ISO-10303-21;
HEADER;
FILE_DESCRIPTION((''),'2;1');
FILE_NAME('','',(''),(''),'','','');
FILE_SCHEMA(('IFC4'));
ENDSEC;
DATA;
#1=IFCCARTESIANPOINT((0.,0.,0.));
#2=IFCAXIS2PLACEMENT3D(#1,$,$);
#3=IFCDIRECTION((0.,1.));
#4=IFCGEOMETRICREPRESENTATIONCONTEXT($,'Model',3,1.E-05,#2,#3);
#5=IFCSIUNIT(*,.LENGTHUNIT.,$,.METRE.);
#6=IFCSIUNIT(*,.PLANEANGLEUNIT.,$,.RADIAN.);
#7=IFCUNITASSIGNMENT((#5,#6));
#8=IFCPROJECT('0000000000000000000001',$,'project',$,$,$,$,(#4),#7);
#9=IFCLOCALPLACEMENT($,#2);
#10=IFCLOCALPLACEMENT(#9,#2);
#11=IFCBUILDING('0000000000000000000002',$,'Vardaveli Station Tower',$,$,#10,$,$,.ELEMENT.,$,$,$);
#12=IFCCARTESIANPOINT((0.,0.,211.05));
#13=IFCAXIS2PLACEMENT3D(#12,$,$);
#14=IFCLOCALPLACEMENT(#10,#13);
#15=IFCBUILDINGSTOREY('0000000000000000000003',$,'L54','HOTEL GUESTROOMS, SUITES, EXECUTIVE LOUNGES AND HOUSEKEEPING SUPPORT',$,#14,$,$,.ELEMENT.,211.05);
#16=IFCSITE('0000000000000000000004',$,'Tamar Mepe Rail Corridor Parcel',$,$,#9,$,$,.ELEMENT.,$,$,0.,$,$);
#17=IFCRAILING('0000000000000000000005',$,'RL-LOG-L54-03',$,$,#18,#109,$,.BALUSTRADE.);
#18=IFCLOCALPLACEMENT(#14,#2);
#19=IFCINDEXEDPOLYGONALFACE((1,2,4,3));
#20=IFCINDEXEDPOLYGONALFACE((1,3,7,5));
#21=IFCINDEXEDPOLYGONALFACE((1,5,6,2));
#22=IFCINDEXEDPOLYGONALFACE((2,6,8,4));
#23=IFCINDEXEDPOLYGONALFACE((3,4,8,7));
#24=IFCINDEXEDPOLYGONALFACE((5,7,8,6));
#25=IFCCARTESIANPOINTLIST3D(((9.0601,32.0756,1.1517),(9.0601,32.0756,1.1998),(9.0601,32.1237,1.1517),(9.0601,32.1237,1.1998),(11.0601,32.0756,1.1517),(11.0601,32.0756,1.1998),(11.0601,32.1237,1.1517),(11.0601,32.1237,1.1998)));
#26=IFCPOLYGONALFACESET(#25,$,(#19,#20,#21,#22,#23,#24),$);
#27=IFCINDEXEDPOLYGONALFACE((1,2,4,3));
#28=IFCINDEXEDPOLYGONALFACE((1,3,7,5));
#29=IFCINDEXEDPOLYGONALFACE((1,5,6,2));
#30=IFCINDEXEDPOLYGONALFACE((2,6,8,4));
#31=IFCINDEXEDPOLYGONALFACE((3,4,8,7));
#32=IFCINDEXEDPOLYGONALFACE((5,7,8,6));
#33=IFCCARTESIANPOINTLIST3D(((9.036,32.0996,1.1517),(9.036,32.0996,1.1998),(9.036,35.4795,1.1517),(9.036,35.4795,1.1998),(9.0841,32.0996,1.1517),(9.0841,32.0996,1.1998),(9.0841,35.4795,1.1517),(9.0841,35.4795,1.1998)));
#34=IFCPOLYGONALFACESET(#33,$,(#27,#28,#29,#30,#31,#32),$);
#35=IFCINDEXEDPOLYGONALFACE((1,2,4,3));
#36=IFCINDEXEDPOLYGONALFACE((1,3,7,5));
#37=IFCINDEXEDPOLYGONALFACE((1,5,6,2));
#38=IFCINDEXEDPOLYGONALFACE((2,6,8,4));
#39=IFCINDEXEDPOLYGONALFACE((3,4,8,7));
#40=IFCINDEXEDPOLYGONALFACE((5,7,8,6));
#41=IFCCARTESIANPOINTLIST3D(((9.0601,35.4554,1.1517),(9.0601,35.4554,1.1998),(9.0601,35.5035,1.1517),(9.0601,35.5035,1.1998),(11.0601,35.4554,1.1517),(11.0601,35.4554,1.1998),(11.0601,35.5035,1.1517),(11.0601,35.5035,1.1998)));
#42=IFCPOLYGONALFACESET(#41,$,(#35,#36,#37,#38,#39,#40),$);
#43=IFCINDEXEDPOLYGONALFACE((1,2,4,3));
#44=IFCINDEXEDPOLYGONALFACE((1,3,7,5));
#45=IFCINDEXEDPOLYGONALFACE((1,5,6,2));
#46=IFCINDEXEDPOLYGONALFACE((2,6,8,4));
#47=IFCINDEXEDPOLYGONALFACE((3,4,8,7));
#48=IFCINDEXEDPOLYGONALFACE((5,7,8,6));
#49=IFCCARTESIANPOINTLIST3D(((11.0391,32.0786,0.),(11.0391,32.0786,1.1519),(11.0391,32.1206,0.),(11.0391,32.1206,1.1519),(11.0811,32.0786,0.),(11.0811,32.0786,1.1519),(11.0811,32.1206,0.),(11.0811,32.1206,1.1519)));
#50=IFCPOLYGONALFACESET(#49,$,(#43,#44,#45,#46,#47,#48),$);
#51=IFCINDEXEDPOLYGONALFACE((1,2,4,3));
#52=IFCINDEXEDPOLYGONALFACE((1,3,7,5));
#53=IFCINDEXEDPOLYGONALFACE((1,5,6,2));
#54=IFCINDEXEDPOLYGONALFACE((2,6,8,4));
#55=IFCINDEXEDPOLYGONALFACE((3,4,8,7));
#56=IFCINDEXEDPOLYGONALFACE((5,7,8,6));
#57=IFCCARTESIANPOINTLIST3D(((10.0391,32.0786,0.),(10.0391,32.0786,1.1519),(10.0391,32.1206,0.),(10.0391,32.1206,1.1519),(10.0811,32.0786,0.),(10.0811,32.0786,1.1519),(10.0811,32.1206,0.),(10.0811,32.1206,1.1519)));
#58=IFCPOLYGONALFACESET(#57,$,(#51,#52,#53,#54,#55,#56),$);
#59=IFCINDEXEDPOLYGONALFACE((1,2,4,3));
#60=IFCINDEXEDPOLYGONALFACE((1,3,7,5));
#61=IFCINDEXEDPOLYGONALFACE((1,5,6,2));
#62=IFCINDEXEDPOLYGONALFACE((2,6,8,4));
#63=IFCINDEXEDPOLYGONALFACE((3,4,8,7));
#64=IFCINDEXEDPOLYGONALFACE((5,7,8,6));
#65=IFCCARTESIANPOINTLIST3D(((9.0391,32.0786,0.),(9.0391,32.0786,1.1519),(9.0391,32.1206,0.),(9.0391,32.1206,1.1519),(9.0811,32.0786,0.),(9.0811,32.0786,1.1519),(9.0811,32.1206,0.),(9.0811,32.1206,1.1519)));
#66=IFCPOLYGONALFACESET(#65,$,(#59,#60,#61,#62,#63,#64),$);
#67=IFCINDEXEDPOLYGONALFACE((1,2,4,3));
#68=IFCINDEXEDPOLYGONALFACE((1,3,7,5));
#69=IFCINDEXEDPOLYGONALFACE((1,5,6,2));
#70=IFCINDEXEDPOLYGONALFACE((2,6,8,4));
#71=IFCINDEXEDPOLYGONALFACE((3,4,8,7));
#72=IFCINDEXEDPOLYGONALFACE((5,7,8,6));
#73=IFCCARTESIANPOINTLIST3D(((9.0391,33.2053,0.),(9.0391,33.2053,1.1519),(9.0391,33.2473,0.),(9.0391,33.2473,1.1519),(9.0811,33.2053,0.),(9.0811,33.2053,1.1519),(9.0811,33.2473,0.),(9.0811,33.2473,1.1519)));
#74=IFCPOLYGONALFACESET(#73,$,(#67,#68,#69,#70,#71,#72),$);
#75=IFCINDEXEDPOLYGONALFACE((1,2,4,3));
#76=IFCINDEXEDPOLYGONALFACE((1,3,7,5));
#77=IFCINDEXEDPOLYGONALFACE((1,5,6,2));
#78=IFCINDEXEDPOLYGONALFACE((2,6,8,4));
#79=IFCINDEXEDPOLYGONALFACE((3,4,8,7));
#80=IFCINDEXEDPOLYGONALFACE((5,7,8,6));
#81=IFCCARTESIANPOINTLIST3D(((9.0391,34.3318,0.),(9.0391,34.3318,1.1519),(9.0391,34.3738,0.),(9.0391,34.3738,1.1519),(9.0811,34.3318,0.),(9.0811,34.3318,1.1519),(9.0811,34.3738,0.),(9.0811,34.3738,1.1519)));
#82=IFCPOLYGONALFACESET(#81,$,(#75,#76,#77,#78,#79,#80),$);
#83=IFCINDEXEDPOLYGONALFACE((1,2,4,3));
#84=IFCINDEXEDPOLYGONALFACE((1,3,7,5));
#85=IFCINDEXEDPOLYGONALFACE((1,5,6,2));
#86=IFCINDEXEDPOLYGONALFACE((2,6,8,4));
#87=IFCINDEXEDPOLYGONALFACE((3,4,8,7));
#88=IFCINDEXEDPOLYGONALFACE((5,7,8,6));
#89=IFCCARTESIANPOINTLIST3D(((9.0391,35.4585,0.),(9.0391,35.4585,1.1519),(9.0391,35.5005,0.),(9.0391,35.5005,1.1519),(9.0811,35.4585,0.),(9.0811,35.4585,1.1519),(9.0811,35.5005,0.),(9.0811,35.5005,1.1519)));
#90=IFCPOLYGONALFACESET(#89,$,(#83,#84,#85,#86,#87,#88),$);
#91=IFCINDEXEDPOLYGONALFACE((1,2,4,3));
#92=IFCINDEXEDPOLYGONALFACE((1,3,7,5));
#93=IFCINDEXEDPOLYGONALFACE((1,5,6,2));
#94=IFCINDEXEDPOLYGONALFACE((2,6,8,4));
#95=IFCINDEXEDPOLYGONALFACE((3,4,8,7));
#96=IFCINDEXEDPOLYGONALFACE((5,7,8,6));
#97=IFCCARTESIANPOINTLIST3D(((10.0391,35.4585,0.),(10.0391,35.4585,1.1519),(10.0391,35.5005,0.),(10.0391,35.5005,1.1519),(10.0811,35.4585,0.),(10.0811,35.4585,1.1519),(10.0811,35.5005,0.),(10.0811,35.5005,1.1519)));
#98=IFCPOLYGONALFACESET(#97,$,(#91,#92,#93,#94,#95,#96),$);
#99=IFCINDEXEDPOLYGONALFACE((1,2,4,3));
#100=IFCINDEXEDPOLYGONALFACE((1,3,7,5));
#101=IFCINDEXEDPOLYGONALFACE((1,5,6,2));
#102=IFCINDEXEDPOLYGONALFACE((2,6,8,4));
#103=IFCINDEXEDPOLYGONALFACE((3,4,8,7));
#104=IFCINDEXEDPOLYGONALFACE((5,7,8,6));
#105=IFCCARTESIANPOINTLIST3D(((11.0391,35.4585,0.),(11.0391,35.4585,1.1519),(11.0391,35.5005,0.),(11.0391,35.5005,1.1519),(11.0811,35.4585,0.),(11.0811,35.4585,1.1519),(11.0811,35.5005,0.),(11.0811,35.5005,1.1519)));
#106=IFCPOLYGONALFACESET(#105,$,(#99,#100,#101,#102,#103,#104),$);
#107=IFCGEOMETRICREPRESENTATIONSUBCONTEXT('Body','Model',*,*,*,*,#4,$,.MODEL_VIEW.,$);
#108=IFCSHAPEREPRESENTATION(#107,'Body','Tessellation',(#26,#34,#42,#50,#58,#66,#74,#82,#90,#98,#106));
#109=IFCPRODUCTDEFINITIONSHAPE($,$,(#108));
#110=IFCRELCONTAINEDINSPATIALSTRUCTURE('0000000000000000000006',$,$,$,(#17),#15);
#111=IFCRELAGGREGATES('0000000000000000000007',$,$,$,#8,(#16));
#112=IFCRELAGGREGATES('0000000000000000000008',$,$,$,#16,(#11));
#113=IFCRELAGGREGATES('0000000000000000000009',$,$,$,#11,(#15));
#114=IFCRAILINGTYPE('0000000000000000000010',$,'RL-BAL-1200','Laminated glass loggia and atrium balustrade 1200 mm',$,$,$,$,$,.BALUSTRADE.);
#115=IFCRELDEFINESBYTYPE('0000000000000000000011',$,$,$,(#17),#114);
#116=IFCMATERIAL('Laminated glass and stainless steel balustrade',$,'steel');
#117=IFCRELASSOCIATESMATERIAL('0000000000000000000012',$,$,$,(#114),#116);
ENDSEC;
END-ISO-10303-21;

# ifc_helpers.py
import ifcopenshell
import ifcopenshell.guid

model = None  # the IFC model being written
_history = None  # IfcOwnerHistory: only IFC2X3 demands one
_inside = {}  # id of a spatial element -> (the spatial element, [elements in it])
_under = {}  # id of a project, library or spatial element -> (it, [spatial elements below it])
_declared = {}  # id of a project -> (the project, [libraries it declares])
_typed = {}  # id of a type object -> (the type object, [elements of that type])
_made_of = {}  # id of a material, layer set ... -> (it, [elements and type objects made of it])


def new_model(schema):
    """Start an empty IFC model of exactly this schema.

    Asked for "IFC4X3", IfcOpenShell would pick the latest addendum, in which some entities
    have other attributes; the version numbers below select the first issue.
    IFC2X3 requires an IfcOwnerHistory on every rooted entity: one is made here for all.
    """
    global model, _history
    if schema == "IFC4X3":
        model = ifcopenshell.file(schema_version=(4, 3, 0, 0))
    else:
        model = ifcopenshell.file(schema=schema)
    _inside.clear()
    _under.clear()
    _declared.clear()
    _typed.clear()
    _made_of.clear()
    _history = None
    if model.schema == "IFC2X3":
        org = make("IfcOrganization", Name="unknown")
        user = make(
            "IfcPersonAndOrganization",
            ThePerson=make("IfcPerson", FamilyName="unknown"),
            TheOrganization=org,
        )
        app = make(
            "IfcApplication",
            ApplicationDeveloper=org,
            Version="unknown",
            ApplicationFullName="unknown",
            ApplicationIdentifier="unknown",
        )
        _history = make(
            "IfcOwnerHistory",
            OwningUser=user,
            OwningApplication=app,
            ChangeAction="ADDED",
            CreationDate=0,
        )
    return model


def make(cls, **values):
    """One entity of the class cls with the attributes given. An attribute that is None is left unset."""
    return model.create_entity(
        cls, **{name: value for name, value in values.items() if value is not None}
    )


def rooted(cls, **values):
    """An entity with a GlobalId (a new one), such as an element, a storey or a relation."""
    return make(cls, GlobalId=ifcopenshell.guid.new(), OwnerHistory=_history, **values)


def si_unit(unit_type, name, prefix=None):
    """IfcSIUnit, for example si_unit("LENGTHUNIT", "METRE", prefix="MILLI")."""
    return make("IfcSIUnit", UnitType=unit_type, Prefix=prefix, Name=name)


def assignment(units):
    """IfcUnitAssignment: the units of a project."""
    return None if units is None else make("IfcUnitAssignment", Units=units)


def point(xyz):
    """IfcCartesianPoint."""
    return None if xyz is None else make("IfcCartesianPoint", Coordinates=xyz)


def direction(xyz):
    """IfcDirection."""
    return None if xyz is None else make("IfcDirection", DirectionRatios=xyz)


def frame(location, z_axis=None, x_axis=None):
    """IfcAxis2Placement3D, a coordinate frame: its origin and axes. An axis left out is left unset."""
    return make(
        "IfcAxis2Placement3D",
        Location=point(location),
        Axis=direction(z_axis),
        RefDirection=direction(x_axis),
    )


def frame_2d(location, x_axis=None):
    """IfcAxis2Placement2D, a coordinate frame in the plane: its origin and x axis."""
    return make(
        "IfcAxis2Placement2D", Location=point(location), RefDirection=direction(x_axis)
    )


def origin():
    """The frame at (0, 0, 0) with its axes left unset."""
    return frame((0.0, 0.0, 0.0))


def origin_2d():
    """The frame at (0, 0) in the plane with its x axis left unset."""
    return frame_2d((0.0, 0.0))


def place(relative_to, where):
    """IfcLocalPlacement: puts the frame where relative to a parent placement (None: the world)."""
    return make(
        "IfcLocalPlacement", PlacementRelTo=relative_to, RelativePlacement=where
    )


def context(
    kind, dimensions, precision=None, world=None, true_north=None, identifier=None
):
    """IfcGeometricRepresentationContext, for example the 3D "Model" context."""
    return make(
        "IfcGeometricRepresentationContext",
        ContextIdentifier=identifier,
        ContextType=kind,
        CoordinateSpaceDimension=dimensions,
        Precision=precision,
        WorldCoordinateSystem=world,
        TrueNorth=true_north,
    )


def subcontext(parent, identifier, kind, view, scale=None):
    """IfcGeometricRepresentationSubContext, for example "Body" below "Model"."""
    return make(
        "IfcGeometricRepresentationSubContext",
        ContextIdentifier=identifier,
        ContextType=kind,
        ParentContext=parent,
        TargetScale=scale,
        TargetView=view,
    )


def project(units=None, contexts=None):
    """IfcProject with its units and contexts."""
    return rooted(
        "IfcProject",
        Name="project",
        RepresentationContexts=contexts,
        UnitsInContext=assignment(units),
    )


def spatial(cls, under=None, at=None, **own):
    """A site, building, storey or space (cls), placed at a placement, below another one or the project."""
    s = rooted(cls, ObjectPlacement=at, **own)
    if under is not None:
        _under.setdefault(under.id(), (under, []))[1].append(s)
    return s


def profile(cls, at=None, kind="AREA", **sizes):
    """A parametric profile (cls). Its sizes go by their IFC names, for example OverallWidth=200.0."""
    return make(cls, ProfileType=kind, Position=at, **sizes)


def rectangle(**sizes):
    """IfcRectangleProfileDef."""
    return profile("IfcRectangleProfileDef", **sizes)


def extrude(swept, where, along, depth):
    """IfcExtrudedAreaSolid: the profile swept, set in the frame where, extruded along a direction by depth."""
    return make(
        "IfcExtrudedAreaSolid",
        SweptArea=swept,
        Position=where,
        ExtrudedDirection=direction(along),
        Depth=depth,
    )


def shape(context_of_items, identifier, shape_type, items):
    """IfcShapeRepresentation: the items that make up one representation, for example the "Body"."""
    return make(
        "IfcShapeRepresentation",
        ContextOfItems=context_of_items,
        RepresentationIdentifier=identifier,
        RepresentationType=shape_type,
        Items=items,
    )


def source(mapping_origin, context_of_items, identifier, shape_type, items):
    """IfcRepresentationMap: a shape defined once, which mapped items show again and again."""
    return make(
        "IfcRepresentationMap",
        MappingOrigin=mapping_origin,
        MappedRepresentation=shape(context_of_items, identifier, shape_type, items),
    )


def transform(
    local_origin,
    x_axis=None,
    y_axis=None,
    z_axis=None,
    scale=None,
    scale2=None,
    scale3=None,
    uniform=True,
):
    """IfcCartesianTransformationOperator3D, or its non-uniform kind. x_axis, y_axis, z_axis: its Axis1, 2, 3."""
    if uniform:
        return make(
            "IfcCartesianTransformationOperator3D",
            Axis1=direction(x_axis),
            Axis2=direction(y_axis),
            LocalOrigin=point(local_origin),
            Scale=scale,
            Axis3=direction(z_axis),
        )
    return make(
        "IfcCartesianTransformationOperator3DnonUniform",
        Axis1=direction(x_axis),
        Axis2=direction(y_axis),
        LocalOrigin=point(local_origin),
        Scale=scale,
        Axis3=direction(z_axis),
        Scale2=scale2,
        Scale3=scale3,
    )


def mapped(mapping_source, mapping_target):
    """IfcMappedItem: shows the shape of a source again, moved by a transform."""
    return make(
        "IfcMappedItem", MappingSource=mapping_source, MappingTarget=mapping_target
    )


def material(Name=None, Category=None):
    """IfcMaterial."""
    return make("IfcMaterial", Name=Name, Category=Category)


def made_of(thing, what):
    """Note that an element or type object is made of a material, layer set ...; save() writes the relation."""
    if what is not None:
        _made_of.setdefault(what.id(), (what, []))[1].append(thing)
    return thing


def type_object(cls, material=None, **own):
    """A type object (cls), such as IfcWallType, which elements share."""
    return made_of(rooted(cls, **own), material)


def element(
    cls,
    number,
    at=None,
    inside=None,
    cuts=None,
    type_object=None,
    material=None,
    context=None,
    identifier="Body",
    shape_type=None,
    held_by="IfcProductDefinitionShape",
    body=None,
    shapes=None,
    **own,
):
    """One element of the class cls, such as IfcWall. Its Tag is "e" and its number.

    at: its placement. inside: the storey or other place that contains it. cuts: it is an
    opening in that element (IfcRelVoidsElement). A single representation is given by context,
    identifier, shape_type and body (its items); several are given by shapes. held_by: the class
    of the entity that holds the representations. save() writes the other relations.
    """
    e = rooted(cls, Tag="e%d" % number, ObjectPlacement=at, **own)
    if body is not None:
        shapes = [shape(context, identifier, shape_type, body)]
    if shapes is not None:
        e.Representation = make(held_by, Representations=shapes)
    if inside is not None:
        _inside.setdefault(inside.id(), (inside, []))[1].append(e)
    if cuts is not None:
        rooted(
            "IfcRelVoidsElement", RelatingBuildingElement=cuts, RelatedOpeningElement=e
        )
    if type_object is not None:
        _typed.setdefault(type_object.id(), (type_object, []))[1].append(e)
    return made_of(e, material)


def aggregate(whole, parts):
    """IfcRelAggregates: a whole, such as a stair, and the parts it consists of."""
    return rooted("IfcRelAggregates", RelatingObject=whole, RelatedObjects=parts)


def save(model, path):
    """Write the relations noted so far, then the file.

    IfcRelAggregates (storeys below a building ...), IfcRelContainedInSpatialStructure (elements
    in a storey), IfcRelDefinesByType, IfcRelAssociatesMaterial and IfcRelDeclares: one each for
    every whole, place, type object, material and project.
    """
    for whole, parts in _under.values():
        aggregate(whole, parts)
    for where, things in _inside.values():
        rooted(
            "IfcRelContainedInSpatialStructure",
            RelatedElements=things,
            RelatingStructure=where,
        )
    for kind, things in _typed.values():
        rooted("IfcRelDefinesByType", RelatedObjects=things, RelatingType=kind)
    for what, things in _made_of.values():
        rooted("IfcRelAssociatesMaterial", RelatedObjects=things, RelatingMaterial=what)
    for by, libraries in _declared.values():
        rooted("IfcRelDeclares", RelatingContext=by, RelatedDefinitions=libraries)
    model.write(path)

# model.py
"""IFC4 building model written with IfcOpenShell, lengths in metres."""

from ifc_helpers import new_model, si_unit, direction, frame, origin, origin_2d, place, context, subcontext, project, spatial, rectangle, extrude, source, transform, mapped, material, type_object, element, save


model = new_model("IFC4")

# Units and contexts
model_context = context("Model", 3, precision=1e-05, world=origin(), true_north=direction((0.0, 1.0)))
body_context = subcontext(model_context, "Body", "Model", "MODEL_VIEW")
ifc_project = project(units=[si_unit("LENGTHUNIT", "METRE"), si_unit("PLANEANGLEUNIT", "RADIAN")], contexts=[model_context])

# Site, building, storey
site_placement = place(None, origin())
site = spatial("IfcSite", under=ifc_project, at=site_placement, Name="Tamar Mepe Rail Corridor Parcel", CompositionType="ELEMENT", RefElevation=0.0)
building_placement = place(site_placement, origin())
building = spatial("IfcBuilding", under=site, at=building_placement, Name="Vardaveli Station Tower", CompositionType="ELEMENT")
storey_placement = place(building_placement, frame((0.0, 0.0, 211.05)))
storey = spatial("IfcBuildingStorey", under=building, at=storey_placement, Name="L54", Description="HOTEL GUESTROOMS, SUITES, EXECUTIVE LOUNGES AND HOUSEKEEPING SUPPORT", CompositionType="ELEMENT", Elevation=211.05)

# Railing
ifc_material_1 = material(Name="Laminated glass and stainless steel balustrade", Category="steel")
railing_type = type_object("IfcRailingType", Name="RL-BAL-1200", Description="Laminated glass loggia and atrium balustrade 1200 mm", PredefinedType="BALUSTRADE", material=ifc_material_1)
shared_shape_1 = source(origin(), body_context, "Body", "SweptSolid", [
    extrude(rectangle(XDim=0.0481, YDim=0.0481, at=origin_2d()), frame((0.0, 0.0, 1.1758), z_axis=(-1.0, 0.0, 0.0), x_axis=(0.0, -1.0, 0.0)), (0.0, 0.0, 1.0), 2.0),
    extrude(rectangle(XDim=0.0481, YDim=0.0481, at=origin_2d()), frame((-2.0, 0.0, 1.1758), z_axis=(0.0, 1.0, 0.0), x_axis=(-1.0, 0.0, 0.0)), (0.0, 0.0, 1.0), 3.3799),
    extrude(rectangle(XDim=0.0481, YDim=0.0481, at=origin_2d()), frame((-2.0, 3.3799, 1.1758), z_axis=(1.0, 0.0, 0.0), x_axis=(0.0, 1.0, 0.0)), (0.0, 0.0, 1.0), 2.0),
    extrude(rectangle(XDim=0.042, YDim=0.042, at=origin_2d()), origin(), (0.0, 0.0, 1.0), 1.1519),
    extrude(rectangle(XDim=0.042, YDim=0.042, at=origin_2d()), frame((-1.0, 0.0, 0.0)), (0.0, 0.0, 1.0), 1.1519),
    extrude(rectangle(XDim=0.042, YDim=0.042, at=origin_2d()), frame((-2.0, 0.0, 0.0)), (0.0, 0.0, 1.0), 1.1519),
    extrude(rectangle(XDim=0.042, YDim=0.042, at=origin_2d()), frame((-2.0, 1.1267, 0.0)), (0.0, 0.0, 1.0), 1.1519),
    extrude(rectangle(XDim=0.042, YDim=0.042, at=origin_2d()), frame((-2.0, 2.2532, 0.0)), (0.0, 0.0, 1.0), 1.1519),
    extrude(rectangle(XDim=0.042, YDim=0.042, at=origin_2d()), frame((-2.0, 3.3799, 0.0)), (0.0, 0.0, 1.0), 1.1519),
    extrude(rectangle(XDim=0.042, YDim=0.042, at=origin_2d()), frame((-1.0, 3.3799, 0.0)), (0.0, 0.0, 1.0), 1.1519),
    extrude(rectangle(XDim=0.042, YDim=0.042, at=origin_2d()), frame((0.0, 3.3799, 0.0)), (0.0, 0.0, 1.0), 1.1519),
])
railing_placement = place(storey_placement, frame((11.0601, 32.0996, 0.0)))
element("IfcRailing", 1, at=railing_placement, inside=storey, type_object=railing_type, Name="RL-LOG-L54-03", PredefinedType="BALUSTRADE", context=body_context, shape_type="MappedRepresentation", body=[
    mapped(shared_shape_1, transform((0.0, 0.0, 0.0), scale=1.0)),
])

save(model, "model.ifc")
